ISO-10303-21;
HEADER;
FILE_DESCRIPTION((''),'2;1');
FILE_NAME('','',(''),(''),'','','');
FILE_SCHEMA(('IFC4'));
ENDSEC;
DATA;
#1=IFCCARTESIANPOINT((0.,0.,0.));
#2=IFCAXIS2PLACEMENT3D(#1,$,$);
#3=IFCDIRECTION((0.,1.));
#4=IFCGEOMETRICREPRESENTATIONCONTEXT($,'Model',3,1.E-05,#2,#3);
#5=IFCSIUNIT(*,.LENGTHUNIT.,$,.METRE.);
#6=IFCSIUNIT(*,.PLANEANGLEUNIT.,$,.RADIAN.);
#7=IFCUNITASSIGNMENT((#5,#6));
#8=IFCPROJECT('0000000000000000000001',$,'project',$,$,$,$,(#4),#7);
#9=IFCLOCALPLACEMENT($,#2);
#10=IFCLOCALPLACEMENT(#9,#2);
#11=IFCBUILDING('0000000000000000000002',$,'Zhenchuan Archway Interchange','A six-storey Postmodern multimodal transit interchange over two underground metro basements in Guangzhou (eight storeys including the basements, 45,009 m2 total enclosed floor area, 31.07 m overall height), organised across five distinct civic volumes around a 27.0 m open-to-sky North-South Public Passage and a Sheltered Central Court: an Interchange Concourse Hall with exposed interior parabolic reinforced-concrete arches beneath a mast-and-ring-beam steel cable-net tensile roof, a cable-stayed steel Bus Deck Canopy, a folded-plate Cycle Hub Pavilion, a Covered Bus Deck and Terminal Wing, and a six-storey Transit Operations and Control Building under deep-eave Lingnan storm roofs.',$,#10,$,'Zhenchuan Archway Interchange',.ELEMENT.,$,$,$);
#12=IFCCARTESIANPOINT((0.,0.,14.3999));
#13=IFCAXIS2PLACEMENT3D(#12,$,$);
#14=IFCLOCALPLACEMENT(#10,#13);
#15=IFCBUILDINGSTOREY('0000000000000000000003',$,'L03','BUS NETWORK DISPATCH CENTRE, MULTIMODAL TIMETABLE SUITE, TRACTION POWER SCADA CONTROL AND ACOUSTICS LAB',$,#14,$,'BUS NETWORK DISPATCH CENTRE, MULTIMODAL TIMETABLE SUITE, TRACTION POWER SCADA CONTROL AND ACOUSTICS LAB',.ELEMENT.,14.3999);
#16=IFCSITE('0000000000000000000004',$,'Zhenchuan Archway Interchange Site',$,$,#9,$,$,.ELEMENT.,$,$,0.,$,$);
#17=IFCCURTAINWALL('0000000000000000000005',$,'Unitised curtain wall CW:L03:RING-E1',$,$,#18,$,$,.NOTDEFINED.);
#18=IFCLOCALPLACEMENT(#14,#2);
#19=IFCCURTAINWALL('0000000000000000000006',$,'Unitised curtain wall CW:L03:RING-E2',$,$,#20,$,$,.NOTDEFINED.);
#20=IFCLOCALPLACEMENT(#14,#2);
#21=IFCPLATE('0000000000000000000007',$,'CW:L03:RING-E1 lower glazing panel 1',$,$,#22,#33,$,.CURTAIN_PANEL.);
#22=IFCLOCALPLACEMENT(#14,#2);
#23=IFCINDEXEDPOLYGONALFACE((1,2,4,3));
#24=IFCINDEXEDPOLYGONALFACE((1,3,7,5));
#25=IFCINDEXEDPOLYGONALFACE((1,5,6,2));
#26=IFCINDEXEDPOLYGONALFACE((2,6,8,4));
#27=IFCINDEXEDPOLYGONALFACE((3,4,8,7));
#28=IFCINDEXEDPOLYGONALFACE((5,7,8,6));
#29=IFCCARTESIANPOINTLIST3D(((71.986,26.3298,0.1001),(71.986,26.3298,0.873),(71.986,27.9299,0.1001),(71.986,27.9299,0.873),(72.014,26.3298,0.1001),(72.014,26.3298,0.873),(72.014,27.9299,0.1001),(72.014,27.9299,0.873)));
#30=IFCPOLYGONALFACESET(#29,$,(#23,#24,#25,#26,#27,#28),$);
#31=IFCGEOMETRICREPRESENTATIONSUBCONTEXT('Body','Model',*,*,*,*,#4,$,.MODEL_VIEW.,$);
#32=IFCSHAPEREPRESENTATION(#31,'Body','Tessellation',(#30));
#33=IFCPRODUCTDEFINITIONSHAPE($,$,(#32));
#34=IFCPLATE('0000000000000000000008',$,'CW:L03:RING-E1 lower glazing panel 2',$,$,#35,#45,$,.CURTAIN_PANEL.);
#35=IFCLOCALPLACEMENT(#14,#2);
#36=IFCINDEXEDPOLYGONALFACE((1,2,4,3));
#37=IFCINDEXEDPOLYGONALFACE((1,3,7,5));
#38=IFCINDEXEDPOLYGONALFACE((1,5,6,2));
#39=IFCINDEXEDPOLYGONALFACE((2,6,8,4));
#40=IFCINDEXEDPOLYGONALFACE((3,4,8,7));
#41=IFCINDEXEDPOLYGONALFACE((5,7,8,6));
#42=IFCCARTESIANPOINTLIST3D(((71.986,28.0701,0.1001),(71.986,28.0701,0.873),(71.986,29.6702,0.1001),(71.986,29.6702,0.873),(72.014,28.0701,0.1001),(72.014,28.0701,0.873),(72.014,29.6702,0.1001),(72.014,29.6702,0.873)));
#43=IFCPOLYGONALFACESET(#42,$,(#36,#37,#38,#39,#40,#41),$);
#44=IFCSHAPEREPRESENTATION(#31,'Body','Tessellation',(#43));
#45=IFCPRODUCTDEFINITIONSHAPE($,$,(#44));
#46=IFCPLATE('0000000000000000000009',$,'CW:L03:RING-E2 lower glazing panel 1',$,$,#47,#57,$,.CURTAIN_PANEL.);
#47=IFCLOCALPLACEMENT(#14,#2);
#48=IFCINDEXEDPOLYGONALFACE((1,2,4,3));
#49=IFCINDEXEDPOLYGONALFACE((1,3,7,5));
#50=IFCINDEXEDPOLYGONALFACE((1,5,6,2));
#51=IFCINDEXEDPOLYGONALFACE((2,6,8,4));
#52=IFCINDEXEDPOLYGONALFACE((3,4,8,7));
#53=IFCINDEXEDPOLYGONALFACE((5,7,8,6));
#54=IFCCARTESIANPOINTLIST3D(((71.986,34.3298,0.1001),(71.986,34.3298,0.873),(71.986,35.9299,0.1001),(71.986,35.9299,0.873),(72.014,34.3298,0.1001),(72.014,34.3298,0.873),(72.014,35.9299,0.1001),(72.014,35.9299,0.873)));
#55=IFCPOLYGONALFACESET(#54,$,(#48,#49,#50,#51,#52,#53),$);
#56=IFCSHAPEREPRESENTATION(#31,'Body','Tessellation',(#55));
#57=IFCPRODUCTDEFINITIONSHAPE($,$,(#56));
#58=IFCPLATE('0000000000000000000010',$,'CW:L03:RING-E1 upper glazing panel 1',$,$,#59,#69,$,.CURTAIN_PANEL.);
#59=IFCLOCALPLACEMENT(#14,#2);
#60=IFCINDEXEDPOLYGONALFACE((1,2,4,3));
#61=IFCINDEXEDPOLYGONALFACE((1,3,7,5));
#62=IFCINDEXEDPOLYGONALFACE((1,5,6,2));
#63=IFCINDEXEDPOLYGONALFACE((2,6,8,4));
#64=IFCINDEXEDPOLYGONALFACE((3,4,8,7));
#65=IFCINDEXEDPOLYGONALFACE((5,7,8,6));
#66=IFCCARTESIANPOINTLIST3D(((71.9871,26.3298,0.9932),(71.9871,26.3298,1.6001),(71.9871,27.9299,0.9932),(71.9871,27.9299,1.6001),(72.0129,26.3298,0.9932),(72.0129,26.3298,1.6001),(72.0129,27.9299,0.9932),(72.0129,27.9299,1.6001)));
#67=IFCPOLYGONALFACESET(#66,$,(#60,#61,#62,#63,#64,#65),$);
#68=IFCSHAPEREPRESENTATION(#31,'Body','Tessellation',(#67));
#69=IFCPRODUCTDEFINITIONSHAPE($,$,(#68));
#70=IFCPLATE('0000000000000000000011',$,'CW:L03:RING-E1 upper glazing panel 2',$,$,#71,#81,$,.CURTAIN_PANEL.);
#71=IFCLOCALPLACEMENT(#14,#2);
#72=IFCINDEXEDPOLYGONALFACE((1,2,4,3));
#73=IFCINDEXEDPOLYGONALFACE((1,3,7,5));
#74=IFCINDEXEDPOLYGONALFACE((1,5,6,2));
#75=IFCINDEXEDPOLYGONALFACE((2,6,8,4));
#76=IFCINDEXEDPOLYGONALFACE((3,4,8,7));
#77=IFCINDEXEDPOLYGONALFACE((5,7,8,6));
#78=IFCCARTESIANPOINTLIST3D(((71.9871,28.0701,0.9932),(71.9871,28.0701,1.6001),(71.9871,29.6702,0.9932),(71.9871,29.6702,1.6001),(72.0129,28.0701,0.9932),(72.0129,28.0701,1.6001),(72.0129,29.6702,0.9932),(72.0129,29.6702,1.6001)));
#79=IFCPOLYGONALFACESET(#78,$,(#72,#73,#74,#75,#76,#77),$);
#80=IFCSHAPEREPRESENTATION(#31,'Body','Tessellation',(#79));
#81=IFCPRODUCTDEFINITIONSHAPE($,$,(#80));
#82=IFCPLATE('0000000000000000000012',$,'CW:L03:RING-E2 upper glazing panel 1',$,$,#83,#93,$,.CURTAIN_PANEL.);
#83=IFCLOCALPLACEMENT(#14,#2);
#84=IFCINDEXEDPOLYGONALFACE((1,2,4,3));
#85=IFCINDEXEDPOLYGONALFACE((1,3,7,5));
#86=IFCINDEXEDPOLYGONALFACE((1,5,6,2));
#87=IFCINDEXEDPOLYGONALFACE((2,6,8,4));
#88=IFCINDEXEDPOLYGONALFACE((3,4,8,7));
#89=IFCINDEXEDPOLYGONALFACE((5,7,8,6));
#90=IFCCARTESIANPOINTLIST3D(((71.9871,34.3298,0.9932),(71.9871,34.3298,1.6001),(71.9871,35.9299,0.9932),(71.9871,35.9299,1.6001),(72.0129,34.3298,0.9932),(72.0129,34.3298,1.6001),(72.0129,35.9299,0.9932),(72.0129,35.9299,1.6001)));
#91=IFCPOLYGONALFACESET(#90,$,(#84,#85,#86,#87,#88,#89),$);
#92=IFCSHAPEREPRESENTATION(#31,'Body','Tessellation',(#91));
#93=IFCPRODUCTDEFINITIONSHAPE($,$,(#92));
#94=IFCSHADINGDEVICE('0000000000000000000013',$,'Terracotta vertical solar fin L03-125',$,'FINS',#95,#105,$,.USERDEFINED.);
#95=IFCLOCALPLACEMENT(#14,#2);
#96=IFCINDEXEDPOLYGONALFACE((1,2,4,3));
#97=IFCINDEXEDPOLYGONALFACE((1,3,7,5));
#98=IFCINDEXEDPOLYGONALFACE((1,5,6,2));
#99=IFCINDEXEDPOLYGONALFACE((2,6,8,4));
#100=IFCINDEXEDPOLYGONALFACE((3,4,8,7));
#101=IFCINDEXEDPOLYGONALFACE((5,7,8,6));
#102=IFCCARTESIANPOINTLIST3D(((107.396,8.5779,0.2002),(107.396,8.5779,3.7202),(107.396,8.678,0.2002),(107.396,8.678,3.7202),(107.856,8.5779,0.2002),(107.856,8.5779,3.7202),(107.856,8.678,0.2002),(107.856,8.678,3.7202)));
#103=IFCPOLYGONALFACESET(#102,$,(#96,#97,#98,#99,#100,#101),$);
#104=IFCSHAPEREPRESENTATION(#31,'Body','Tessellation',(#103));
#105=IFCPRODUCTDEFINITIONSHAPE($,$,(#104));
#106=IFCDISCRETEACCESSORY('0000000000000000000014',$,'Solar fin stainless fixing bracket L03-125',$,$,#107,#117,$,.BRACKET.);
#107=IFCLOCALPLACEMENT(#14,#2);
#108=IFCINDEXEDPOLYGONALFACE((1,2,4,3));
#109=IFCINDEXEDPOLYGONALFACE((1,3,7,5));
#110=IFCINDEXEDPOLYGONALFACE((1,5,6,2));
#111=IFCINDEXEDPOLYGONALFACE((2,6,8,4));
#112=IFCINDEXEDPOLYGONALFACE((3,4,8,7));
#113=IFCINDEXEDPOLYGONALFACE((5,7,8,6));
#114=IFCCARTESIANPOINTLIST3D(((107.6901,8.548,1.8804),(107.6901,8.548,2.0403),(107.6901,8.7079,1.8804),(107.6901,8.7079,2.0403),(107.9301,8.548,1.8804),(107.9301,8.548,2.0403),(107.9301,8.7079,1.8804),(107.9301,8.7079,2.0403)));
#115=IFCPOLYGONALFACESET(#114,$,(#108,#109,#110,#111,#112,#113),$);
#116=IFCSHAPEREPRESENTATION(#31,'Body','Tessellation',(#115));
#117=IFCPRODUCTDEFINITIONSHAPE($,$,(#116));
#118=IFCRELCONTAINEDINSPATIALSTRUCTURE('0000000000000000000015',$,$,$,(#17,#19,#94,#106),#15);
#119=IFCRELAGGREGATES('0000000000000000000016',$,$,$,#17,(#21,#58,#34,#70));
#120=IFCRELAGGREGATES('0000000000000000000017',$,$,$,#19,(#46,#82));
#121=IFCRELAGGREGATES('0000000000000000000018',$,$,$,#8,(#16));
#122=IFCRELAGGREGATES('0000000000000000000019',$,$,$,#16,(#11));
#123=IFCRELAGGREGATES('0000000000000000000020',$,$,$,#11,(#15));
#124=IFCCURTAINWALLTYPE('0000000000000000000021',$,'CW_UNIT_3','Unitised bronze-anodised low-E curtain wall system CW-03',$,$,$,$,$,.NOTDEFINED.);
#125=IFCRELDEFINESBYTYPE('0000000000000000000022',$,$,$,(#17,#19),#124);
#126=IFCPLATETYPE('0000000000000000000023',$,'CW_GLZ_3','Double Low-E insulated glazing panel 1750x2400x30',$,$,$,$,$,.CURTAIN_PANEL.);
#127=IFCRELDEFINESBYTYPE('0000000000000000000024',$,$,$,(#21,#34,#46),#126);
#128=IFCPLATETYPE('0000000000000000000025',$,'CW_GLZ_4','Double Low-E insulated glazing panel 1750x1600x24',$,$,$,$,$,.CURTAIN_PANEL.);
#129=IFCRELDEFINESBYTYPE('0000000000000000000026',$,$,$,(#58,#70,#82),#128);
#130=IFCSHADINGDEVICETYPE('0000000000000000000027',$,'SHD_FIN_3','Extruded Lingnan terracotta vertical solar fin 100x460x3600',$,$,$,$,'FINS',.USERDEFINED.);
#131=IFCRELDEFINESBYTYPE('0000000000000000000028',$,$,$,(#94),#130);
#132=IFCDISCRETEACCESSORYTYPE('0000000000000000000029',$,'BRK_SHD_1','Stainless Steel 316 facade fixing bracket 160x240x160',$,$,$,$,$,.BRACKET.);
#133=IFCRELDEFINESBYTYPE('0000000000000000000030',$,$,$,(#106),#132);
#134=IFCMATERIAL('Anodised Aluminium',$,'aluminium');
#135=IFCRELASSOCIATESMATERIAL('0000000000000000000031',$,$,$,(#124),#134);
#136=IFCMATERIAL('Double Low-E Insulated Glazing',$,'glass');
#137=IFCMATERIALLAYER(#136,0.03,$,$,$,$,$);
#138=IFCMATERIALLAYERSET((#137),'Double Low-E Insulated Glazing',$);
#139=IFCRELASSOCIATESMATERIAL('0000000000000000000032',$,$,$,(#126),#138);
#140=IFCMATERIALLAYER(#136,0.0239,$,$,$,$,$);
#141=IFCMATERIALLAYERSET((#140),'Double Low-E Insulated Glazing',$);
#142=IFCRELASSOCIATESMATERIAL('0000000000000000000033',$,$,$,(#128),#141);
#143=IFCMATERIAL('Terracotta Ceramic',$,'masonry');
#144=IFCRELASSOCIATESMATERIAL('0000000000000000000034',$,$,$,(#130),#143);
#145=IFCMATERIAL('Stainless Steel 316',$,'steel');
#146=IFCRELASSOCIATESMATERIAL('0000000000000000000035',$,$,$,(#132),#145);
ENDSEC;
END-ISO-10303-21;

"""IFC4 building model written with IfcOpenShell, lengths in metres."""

from ifc_helpers import new_model, si_unit, direction, frame, origin, origin_2d, place, context, subcontext, project, spatial, rectangle, extrude, material, layer, layer_set, type_object, element, aggregate, save


model = new_model("IFC4")

# Units and contexts
model_context = context("Model", 3, precision=1e-05, world=origin(), true_north=direction((0.0, 1.0)))
body_context = subcontext(model_context, "Body", "Model", "MODEL_VIEW")
ifc_project = project(units=[si_unit("LENGTHUNIT", "METRE"), si_unit("PLANEANGLEUNIT", "RADIAN")], contexts=[model_context])

# Site, building, storey
site_placement = place(None, origin())
site = spatial("IfcSite", under=ifc_project, at=site_placement, Name="Zhenchuan Archway Interchange Site", CompositionType="ELEMENT", RefElevation=0.0)
building_placement = place(site_placement, origin())
building = spatial("IfcBuilding", under=site, at=building_placement, Name="Zhenchuan Archway Interchange", Description="A six-storey Postmodern multimodal transit interchange over two underground metro basements in Guangzhou (eight storeys including the basements, 45,009 m2 total enclosed floor area, 31.07 m overall height), organised across five distinct civic volumes around a 27.0 m open-to-sky North-South Public Passage and a Sheltered Central Court: an Interchange Concourse Hall with exposed interior parabolic reinforced-concrete arches beneath a mast-and-ring-beam steel cable-net tensile roof, a cable-stayed steel Bus Deck Canopy, a folded-plate Cycle Hub Pavilion, a Covered Bus Deck and Terminal Wing, and a six-storey Transit Operations and Control Building under deep-eave Lingnan storm roofs.", LongName="Zhenchuan Archway Interchange", CompositionType="ELEMENT")
storey_placement = place(building_placement, frame((0.0, 0.0, 14.3999)))
storey = spatial("IfcBuildingStorey", under=building, at=storey_placement, Name="L03", Description="BUS NETWORK DISPATCH CENTRE, MULTIMODAL TIMETABLE SUITE, TRACTION POWER SCADA CONTROL AND ACOUSTICS LAB", LongName="BUS NETWORK DISPATCH CENTRE, MULTIMODAL TIMETABLE SUITE, TRACTION POWER SCADA CONTROL AND ACOUSTICS LAB", CompositionType="ELEMENT", Elevation=14.3999)

# Curtain walls
ifc_material_1 = material(Name="Anodised Aluminium", Category="aluminium")
curtain_wall_type = type_object("IfcCurtainWallType", Name="CW_UNIT_3", Description="Unitised bronze-anodised low-E curtain wall system CW-03", PredefinedType="NOTDEFINED", material=ifc_material_1)
curtain_wall_1_placement = place(storey_placement, origin())
curtain_wall_1 = element("IfcCurtainWall", 1, at=curtain_wall_1_placement, inside=storey, type_object=curtain_wall_type, Name="Unitised curtain wall CW:L03:RING-E1", PredefinedType="NOTDEFINED")
curtain_wall_2_placement = place(storey_placement, origin())
curtain_wall_2 = element("IfcCurtainWall", 2, at=curtain_wall_2_placement, inside=storey, type_object=curtain_wall_type, Name="Unitised curtain wall CW:L03:RING-E2", PredefinedType="NOTDEFINED")

# Plates
ifc_material_2 = material(Name="Double Low-E Insulated Glazing", Category="glass")
ifc_layer_1 = layer(ifc_material_2, 0.03)
ifc_layer_set_1 = layer_set([ifc_layer_1], Name="Double Low-E Insulated Glazing")
plate_type_1 = type_object("IfcPlateType", Name="CW_GLZ_3", Description="Double Low-E insulated glazing panel 1750x2400x30", PredefinedType="CURTAIN_PANEL", material=ifc_layer_set_1)
plate_1_placement = place(storey_placement, frame((72.0, 27.1299, 0.1001), z_axis=(0.0, 0.0, 1.0), x_axis=(0.0, 1.0, 0.0)))
plate_1 = element("IfcPlate", 3, at=plate_1_placement, type_object=plate_type_1, Name="CW:L03:RING-E1 lower glazing panel 1", PredefinedType="CURTAIN_PANEL", context=body_context, shape_type="SweptSolid", body=[
    extrude(rectangle(XDim=1.6001, YDim=0.0281, at=origin_2d()), origin(), (0.0, 0.0, 1.0), 0.7729),
])
plate_2_placement = place(storey_placement, frame((72.0, 28.8701, 0.1001), z_axis=(0.0, 0.0, 1.0), x_axis=(0.0, 1.0, 0.0)))
plate_2 = element("IfcPlate", 4, at=plate_2_placement, type_object=plate_type_1, Name="CW:L03:RING-E1 lower glazing panel 2", PredefinedType="CURTAIN_PANEL", context=body_context, shape_type="SweptSolid", body=[
    extrude(rectangle(XDim=1.6001, YDim=0.0281, at=origin_2d()), origin(), (0.0, 0.0, 1.0), 0.7729),
])
plate_3_placement = place(storey_placement, frame((72.0, 35.1299, 0.1001), z_axis=(0.0, 0.0, 1.0), x_axis=(0.0, 1.0, 0.0)))
plate_3 = element("IfcPlate", 5, at=plate_3_placement, type_object=plate_type_1, Name="CW:L03:RING-E2 lower glazing panel 1", PredefinedType="CURTAIN_PANEL", context=body_context, shape_type="SweptSolid", body=[
    extrude(rectangle(XDim=1.6001, YDim=0.0281, at=origin_2d()), origin(), (0.0, 0.0, 1.0), 0.7729),
])
ifc_layer_2 = layer(ifc_material_2, 0.0239)
ifc_layer_set_2 = layer_set([ifc_layer_2], Name="Double Low-E Insulated Glazing")
plate_type_2 = type_object("IfcPlateType", Name="CW_GLZ_4", Description="Double Low-E insulated glazing panel 1750x1600x24", PredefinedType="CURTAIN_PANEL", material=ifc_layer_set_2)
plate_4_placement = place(storey_placement, frame((72.0, 27.1299, 0.9932), z_axis=(0.0, 0.0, 1.0), x_axis=(0.0, 1.0, 0.0)))
plate_4 = element("IfcPlate", 6, at=plate_4_placement, type_object=plate_type_2, Name="CW:L03:RING-E1 upper glazing panel 1", PredefinedType="CURTAIN_PANEL", context=body_context, shape_type="SweptSolid", body=[
    extrude(rectangle(XDim=1.6001, YDim=0.0259, at=origin_2d()), origin(), (0.0, 0.0, 1.0), 0.6069),
])
plate_5_placement = place(storey_placement, frame((72.0, 28.8701, 0.9932), z_axis=(0.0, 0.0, 1.0), x_axis=(0.0, 1.0, 0.0)))
plate_5 = element("IfcPlate", 7, at=plate_5_placement, type_object=plate_type_2, Name="CW:L03:RING-E1 upper glazing panel 2", PredefinedType="CURTAIN_PANEL", context=body_context, shape_type="SweptSolid", body=[
    extrude(rectangle(XDim=1.6001, YDim=0.0259, at=origin_2d()), origin(), (0.0, 0.0, 1.0), 0.6069),
])
aggregate(curtain_wall_1, [plate_1, plate_4, plate_2, plate_5])
plate_6_placement = place(storey_placement, frame((72.0, 35.1299, 0.9932), z_axis=(0.0, 0.0, 1.0), x_axis=(0.0, 1.0, 0.0)))
plate_6 = element("IfcPlate", 8, at=plate_6_placement, type_object=plate_type_2, Name="CW:L03:RING-E2 upper glazing panel 1", PredefinedType="CURTAIN_PANEL", context=body_context, shape_type="SweptSolid", body=[
    extrude(rectangle(XDim=1.6001, YDim=0.0259, at=origin_2d()), origin(), (0.0, 0.0, 1.0), 0.6069),
])
aggregate(curtain_wall_2, [plate_3, plate_6])

# Shading device
ifc_material_3 = material(Name="Terracotta Ceramic", Category="masonry")
shading_device_type = type_object("IfcShadingDeviceType", Name="SHD_FIN_3", Description="Extruded Lingnan terracotta vertical solar fin 100x460x3600", ElementType="FINS", PredefinedType="USERDEFINED", material=ifc_material_3)
shading_device_placement = place(storey_placement, frame((107.626, 8.6279, 0.2002), z_axis=(0.0, 0.0, 1.0), x_axis=(0.0, 1.0, 0.0)))
element("IfcShadingDevice", 9, at=shading_device_placement, inside=storey, type_object=shading_device_type, Name="Terracotta vertical solar fin L03-125", ObjectType="FINS", PredefinedType="USERDEFINED", context=body_context, shape_type="SweptSolid", body=[
    extrude(rectangle(XDim=0.1001, YDim=0.46, at=origin_2d()), origin(), (0.0, 0.0, 1.0), 3.52),
])

# Discrete accessory
ifc_material_4 = material(Name="Stainless Steel 316", Category="steel")
discrete_accessory_type = type_object("IfcDiscreteAccessoryType", Name="BRK_SHD_1", Description="Stainless Steel 316 facade fixing bracket 160x240x160", PredefinedType="BRACKET", material=ifc_material_4)
discrete_accessory_placement = place(storey_placement, frame((107.8101, 8.6279, 1.8804), z_axis=(0.0, 0.0, 1.0), x_axis=(0.0, 1.0, 0.0)))
element("IfcDiscreteAccessory", 10, at=discrete_accessory_placement, inside=storey, type_object=discrete_accessory_type, Name="Solar fin stainless fixing bracket L03-125", PredefinedType="BRACKET", context=body_context, shape_type="SweptSolid", body=[
    extrude(rectangle(XDim=0.1599, YDim=0.24, at=origin_2d()), origin(), (0.0, 0.0, 1.0), 0.1599),
])

save(model, "model.ifc")
